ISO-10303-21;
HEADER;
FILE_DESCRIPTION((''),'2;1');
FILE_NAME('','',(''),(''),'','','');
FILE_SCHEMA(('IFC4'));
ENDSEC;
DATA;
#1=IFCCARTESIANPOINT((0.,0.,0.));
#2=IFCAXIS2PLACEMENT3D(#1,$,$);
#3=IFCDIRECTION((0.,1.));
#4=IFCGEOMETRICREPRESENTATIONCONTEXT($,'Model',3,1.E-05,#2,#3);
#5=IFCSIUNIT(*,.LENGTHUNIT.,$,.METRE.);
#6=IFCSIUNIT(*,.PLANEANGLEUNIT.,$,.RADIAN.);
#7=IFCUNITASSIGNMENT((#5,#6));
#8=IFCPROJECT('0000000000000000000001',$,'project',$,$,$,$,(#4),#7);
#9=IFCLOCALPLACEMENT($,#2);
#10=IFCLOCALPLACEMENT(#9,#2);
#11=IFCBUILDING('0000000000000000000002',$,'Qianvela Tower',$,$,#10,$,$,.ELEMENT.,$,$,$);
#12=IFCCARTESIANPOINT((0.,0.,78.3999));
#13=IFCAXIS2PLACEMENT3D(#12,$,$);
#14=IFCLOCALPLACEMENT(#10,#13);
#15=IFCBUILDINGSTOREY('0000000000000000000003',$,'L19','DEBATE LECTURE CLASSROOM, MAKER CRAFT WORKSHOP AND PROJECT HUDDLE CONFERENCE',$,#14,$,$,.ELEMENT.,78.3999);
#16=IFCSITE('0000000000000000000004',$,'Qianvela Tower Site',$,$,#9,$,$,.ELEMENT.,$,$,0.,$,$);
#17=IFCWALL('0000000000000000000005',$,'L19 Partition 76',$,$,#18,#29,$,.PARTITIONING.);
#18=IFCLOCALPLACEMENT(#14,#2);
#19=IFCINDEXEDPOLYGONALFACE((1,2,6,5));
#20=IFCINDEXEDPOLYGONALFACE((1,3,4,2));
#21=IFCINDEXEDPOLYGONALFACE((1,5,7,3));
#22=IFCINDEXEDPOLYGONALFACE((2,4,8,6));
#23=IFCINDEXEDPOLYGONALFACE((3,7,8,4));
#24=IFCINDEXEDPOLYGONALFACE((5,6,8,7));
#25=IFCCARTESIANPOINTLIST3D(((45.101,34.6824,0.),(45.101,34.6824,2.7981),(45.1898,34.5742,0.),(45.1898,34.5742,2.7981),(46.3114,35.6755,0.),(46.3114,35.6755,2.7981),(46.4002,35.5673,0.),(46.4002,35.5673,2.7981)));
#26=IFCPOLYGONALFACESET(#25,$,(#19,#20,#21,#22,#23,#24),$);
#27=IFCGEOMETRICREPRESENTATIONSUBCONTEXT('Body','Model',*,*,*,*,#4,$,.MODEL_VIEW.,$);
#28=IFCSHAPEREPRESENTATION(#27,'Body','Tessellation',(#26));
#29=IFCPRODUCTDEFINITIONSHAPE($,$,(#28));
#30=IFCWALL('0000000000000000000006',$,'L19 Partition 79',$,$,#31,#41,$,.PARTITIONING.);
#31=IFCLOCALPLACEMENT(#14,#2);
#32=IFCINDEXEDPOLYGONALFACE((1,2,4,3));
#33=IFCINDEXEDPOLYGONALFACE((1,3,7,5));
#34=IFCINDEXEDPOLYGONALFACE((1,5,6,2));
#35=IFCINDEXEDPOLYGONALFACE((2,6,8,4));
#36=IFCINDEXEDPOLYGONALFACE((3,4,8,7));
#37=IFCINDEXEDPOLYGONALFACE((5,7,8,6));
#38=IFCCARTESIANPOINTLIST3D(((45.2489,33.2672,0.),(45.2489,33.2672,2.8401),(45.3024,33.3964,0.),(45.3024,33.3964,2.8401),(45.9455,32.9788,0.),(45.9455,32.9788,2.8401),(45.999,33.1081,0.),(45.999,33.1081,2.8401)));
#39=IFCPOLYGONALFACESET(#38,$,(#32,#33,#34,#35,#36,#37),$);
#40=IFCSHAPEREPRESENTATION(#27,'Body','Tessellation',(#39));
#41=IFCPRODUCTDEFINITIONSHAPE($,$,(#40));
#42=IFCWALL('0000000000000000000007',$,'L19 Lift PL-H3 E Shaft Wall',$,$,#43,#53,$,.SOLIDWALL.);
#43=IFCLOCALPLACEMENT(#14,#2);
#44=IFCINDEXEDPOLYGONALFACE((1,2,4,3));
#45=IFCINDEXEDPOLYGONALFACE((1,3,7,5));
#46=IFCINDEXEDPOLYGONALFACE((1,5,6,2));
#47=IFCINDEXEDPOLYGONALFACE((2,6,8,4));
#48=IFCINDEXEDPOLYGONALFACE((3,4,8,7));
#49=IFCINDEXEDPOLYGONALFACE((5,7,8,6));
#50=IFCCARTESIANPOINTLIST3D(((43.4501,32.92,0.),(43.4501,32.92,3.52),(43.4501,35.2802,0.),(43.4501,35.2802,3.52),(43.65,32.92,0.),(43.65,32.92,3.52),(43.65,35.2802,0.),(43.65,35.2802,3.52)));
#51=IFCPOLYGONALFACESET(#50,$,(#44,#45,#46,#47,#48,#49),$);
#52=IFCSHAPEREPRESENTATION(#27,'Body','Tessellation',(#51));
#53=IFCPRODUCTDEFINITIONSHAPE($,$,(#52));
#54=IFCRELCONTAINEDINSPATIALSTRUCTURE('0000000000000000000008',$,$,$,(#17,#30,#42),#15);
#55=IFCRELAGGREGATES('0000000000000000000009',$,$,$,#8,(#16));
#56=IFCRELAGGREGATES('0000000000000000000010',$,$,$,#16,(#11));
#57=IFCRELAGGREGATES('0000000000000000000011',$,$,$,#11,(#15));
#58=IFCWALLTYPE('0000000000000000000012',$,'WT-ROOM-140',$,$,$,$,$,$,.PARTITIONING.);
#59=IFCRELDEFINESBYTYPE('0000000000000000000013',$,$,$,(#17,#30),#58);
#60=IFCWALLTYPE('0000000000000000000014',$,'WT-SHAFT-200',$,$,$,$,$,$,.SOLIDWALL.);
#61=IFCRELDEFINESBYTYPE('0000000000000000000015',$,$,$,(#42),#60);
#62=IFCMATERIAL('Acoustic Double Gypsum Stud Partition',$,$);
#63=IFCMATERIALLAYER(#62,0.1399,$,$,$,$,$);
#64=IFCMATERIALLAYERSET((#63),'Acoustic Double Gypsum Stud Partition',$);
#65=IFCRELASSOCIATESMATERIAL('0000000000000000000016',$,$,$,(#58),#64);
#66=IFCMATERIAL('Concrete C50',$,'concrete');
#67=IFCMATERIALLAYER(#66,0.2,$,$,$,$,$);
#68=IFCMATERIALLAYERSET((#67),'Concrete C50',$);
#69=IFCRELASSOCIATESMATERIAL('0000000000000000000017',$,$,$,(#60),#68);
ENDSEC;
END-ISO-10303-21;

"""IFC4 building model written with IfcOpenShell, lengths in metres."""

from ifc_helpers import new_model, si_unit, direction, frame, frame_2d, origin, place, context, subcontext, project, spatial, rectangle, extrude, material, layer, layer_set, type_object, element, save


model = new_model("IFC4")

# Units and contexts
model_context = context("Model", 3, precision=1e-05, world=origin(), true_north=direction((0.0, 1.0)))
body_context = subcontext(model_context, "Body", "Model", "MODEL_VIEW")
ifc_project = project(units=[si_unit("LENGTHUNIT", "METRE"), si_unit("PLANEANGLEUNIT", "RADIAN")], contexts=[model_context])

# Site, building, storey
site_placement = place(None, origin())
site = spatial("IfcSite", under=ifc_project, at=site_placement, Name="Qianvela Tower Site", CompositionType="ELEMENT", RefElevation=0.0)
building_placement = place(site_placement, origin())
building = spatial("IfcBuilding", under=site, at=building_placement, Name="Qianvela Tower", CompositionType="ELEMENT")
storey_placement = place(building_placement, frame((0.0, 0.0, 78.3999)))
storey = spatial("IfcBuildingStorey", under=building, at=storey_placement, Name="L19", Description="DEBATE LECTURE CLASSROOM, MAKER CRAFT WORKSHOP AND PROJECT HUDDLE CONFERENCE", CompositionType="ELEMENT", Elevation=78.3999)

# Walls
ifc_material_1 = material(Name="Acoustic Double Gypsum Stud Partition")
ifc_layer_1 = layer(ifc_material_1, 0.1399)
ifc_layer_set_1 = layer_set([ifc_layer_1], Name="Acoustic Double Gypsum Stud Partition")
wall_type_1 = type_object("IfcWallType", Name="WT-ROOM-140", PredefinedType="PARTITIONING", material=ifc_layer_set_1)
wall_1_placement = place(storey_placement, frame((46.3557, 35.6213, 0.0), z_axis=(0.0, 0.0, 1.0), x_axis=(-0.773081, -0.634307, 0.0)))
element("IfcWall", 1, at=wall_1_placement, inside=storey, type_object=wall_type_1, Name="L19 Partition 76", PredefinedType="PARTITIONING", context=body_context, shape_type="SweptSolid", body=[
    extrude(rectangle(XDim=1.5657, YDim=0.1399, at=frame_2d((0.7827, 0.0))), origin(), (0.0, 0.0, 1.0), 2.7981),
])
wall_2_placement = place(storey_placement, frame((45.2756, 33.3318, 0.0), z_axis=(0.0, 0.0, 1.0), x_axis=(0.923966, -0.382476, 0.0)))
element("IfcWall", 2, at=wall_2_placement, inside=storey, type_object=wall_type_1, Name="L19 Partition 79", PredefinedType="PARTITIONING", context=body_context, shape_type="SweptSolid", body=[
    extrude(rectangle(XDim=0.7539, YDim=0.1399, at=frame_2d((0.377, 0.0))), origin(), (0.0, 0.0, 1.0), 2.8401),
])
ifc_material_2 = material(Name="Concrete C50", Category="concrete")
ifc_layer_2 = layer(ifc_material_2, 0.2)
ifc_layer_set_2 = layer_set([ifc_layer_2], Name="Concrete C50")
wall_type_2 = type_object("IfcWallType", Name="WT-SHAFT-200", PredefinedType="SOLIDWALL", material=ifc_layer_set_2)
wall_3_placement = place(storey_placement, frame((43.55, 32.9199, 0.0), z_axis=(0.0, 0.0, 1.0), x_axis=(0.0, 1.0, 0.0)))
element("IfcWall", 3, at=wall_3_placement, inside=storey, type_object=wall_type_2, Name="L19 Lift PL-H3 E Shaft Wall", PredefinedType="SOLIDWALL", context=body_context, shape_type="SweptSolid", body=[
    extrude(rectangle(XDim=2.3601, YDim=0.2, at=frame_2d((1.1802, 0.0))), origin(), (0.0, 0.0, 1.0), 3.52),
])

save(model, "model.ifc")
